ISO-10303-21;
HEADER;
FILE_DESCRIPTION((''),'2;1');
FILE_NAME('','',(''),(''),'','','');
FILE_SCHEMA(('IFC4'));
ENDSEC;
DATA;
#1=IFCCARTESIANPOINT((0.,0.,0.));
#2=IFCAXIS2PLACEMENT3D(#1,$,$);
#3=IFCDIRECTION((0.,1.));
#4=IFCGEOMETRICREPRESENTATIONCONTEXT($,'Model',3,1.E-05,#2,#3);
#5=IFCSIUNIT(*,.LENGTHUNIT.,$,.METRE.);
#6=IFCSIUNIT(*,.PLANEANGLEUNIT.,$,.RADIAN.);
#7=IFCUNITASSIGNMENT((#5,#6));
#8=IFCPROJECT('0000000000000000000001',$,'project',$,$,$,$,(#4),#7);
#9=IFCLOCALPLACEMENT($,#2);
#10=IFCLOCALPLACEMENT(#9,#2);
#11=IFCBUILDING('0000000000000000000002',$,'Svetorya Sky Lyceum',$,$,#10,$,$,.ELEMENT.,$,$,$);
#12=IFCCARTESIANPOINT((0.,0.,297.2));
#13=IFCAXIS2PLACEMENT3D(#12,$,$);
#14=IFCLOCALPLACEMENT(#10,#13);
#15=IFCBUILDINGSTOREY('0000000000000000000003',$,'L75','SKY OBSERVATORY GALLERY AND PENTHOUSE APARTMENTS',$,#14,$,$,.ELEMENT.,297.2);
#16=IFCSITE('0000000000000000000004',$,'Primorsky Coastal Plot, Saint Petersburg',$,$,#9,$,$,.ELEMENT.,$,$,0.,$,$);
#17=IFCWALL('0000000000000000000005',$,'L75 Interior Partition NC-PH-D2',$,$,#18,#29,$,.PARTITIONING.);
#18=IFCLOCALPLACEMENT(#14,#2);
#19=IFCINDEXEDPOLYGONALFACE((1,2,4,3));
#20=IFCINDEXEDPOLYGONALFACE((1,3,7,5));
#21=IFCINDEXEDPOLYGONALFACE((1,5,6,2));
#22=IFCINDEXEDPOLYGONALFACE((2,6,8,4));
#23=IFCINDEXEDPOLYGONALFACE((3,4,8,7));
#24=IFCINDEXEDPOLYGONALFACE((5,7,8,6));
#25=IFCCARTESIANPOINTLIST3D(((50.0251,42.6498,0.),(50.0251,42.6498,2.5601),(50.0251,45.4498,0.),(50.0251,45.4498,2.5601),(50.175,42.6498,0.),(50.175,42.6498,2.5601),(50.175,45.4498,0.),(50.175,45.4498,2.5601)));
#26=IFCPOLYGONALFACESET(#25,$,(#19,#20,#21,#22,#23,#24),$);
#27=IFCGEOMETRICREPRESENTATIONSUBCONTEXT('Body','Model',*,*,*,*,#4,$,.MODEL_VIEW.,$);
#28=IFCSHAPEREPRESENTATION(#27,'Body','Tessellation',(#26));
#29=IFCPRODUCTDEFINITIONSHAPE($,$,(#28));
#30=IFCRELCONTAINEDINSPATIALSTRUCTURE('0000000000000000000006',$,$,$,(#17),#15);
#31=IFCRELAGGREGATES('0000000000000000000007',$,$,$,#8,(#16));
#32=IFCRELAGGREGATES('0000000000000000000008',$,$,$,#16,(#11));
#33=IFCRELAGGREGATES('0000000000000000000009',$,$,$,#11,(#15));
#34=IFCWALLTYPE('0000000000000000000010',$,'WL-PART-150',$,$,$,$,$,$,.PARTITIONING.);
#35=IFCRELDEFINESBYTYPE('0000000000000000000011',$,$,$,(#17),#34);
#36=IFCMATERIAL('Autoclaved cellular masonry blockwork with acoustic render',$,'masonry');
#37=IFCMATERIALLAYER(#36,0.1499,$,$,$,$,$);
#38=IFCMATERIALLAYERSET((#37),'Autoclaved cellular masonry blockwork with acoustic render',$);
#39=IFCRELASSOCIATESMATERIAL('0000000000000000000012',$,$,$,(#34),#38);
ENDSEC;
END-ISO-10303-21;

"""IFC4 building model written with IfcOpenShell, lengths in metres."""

from ifc_helpers import new_model, si_unit, direction, frame, frame_2d, origin, place, context, subcontext, project, spatial, rectangle, extrude, material, layer, layer_set, type_object, element, save


model = new_model("IFC4")

# Units and contexts
model_context = context("Model", 3, precision=1e-05, world=origin(), true_north=direction((0.0, 1.0)))
body_context = subcontext(model_context, "Body", "Model", "MODEL_VIEW")
ifc_project = project(units=[si_unit("LENGTHUNIT", "METRE"), si_unit("PLANEANGLEUNIT", "RADIAN")], contexts=[model_context])

# Site, building, storey
site_placement = place(None, origin())
site = spatial("IfcSite", under=ifc_project, at=site_placement, Name="Primorsky Coastal Plot, Saint Petersburg", CompositionType="ELEMENT", RefElevation=0.0)
building_placement = place(site_placement, origin())
building = spatial("IfcBuilding", under=site, at=building_placement, Name="Svetorya Sky Lyceum", CompositionType="ELEMENT")
storey_placement = place(building_placement, frame((0.0, 0.0, 297.2)))
storey = spatial("IfcBuildingStorey", under=building, at=storey_placement, Name="L75", Description="SKY OBSERVATORY GALLERY AND PENTHOUSE APARTMENTS", CompositionType="ELEMENT", Elevation=297.2)

# Wall
ifc_material_1 = material(Name="Autoclaved cellular masonry blockwork with acoustic render", Category="masonry")
ifc_layer_1 = layer(ifc_material_1, 0.1499)
ifc_layer_set_1 = layer_set([ifc_layer_1], Name="Autoclaved cellular masonry blockwork with acoustic render")
wall_type_1 = type_object("IfcWallType", Name="WL-PART-150", PredefinedType="PARTITIONING", material=ifc_layer_set_1)
wall_1_placement = place(storey_placement, frame((50.1001, 42.6499, 0.0), z_axis=(0.0, 0.0, 1.0), x_axis=(0.0, 1.0, 0.0)))
element("IfcWall", 1, at=wall_1_placement, inside=storey, type_object=wall_type_1, Name="L75 Interior Partition NC-PH-D2", PredefinedType="PARTITIONING", context=body_context, shape_type="SweptSolid", body=[
    extrude(rectangle(XDim=2.8, YDim=0.1499, at=frame_2d((1.3999, 0.0))), origin(), (0.0, 0.0, 1.0), 2.5601),
])

save(model, "model.ifc")
